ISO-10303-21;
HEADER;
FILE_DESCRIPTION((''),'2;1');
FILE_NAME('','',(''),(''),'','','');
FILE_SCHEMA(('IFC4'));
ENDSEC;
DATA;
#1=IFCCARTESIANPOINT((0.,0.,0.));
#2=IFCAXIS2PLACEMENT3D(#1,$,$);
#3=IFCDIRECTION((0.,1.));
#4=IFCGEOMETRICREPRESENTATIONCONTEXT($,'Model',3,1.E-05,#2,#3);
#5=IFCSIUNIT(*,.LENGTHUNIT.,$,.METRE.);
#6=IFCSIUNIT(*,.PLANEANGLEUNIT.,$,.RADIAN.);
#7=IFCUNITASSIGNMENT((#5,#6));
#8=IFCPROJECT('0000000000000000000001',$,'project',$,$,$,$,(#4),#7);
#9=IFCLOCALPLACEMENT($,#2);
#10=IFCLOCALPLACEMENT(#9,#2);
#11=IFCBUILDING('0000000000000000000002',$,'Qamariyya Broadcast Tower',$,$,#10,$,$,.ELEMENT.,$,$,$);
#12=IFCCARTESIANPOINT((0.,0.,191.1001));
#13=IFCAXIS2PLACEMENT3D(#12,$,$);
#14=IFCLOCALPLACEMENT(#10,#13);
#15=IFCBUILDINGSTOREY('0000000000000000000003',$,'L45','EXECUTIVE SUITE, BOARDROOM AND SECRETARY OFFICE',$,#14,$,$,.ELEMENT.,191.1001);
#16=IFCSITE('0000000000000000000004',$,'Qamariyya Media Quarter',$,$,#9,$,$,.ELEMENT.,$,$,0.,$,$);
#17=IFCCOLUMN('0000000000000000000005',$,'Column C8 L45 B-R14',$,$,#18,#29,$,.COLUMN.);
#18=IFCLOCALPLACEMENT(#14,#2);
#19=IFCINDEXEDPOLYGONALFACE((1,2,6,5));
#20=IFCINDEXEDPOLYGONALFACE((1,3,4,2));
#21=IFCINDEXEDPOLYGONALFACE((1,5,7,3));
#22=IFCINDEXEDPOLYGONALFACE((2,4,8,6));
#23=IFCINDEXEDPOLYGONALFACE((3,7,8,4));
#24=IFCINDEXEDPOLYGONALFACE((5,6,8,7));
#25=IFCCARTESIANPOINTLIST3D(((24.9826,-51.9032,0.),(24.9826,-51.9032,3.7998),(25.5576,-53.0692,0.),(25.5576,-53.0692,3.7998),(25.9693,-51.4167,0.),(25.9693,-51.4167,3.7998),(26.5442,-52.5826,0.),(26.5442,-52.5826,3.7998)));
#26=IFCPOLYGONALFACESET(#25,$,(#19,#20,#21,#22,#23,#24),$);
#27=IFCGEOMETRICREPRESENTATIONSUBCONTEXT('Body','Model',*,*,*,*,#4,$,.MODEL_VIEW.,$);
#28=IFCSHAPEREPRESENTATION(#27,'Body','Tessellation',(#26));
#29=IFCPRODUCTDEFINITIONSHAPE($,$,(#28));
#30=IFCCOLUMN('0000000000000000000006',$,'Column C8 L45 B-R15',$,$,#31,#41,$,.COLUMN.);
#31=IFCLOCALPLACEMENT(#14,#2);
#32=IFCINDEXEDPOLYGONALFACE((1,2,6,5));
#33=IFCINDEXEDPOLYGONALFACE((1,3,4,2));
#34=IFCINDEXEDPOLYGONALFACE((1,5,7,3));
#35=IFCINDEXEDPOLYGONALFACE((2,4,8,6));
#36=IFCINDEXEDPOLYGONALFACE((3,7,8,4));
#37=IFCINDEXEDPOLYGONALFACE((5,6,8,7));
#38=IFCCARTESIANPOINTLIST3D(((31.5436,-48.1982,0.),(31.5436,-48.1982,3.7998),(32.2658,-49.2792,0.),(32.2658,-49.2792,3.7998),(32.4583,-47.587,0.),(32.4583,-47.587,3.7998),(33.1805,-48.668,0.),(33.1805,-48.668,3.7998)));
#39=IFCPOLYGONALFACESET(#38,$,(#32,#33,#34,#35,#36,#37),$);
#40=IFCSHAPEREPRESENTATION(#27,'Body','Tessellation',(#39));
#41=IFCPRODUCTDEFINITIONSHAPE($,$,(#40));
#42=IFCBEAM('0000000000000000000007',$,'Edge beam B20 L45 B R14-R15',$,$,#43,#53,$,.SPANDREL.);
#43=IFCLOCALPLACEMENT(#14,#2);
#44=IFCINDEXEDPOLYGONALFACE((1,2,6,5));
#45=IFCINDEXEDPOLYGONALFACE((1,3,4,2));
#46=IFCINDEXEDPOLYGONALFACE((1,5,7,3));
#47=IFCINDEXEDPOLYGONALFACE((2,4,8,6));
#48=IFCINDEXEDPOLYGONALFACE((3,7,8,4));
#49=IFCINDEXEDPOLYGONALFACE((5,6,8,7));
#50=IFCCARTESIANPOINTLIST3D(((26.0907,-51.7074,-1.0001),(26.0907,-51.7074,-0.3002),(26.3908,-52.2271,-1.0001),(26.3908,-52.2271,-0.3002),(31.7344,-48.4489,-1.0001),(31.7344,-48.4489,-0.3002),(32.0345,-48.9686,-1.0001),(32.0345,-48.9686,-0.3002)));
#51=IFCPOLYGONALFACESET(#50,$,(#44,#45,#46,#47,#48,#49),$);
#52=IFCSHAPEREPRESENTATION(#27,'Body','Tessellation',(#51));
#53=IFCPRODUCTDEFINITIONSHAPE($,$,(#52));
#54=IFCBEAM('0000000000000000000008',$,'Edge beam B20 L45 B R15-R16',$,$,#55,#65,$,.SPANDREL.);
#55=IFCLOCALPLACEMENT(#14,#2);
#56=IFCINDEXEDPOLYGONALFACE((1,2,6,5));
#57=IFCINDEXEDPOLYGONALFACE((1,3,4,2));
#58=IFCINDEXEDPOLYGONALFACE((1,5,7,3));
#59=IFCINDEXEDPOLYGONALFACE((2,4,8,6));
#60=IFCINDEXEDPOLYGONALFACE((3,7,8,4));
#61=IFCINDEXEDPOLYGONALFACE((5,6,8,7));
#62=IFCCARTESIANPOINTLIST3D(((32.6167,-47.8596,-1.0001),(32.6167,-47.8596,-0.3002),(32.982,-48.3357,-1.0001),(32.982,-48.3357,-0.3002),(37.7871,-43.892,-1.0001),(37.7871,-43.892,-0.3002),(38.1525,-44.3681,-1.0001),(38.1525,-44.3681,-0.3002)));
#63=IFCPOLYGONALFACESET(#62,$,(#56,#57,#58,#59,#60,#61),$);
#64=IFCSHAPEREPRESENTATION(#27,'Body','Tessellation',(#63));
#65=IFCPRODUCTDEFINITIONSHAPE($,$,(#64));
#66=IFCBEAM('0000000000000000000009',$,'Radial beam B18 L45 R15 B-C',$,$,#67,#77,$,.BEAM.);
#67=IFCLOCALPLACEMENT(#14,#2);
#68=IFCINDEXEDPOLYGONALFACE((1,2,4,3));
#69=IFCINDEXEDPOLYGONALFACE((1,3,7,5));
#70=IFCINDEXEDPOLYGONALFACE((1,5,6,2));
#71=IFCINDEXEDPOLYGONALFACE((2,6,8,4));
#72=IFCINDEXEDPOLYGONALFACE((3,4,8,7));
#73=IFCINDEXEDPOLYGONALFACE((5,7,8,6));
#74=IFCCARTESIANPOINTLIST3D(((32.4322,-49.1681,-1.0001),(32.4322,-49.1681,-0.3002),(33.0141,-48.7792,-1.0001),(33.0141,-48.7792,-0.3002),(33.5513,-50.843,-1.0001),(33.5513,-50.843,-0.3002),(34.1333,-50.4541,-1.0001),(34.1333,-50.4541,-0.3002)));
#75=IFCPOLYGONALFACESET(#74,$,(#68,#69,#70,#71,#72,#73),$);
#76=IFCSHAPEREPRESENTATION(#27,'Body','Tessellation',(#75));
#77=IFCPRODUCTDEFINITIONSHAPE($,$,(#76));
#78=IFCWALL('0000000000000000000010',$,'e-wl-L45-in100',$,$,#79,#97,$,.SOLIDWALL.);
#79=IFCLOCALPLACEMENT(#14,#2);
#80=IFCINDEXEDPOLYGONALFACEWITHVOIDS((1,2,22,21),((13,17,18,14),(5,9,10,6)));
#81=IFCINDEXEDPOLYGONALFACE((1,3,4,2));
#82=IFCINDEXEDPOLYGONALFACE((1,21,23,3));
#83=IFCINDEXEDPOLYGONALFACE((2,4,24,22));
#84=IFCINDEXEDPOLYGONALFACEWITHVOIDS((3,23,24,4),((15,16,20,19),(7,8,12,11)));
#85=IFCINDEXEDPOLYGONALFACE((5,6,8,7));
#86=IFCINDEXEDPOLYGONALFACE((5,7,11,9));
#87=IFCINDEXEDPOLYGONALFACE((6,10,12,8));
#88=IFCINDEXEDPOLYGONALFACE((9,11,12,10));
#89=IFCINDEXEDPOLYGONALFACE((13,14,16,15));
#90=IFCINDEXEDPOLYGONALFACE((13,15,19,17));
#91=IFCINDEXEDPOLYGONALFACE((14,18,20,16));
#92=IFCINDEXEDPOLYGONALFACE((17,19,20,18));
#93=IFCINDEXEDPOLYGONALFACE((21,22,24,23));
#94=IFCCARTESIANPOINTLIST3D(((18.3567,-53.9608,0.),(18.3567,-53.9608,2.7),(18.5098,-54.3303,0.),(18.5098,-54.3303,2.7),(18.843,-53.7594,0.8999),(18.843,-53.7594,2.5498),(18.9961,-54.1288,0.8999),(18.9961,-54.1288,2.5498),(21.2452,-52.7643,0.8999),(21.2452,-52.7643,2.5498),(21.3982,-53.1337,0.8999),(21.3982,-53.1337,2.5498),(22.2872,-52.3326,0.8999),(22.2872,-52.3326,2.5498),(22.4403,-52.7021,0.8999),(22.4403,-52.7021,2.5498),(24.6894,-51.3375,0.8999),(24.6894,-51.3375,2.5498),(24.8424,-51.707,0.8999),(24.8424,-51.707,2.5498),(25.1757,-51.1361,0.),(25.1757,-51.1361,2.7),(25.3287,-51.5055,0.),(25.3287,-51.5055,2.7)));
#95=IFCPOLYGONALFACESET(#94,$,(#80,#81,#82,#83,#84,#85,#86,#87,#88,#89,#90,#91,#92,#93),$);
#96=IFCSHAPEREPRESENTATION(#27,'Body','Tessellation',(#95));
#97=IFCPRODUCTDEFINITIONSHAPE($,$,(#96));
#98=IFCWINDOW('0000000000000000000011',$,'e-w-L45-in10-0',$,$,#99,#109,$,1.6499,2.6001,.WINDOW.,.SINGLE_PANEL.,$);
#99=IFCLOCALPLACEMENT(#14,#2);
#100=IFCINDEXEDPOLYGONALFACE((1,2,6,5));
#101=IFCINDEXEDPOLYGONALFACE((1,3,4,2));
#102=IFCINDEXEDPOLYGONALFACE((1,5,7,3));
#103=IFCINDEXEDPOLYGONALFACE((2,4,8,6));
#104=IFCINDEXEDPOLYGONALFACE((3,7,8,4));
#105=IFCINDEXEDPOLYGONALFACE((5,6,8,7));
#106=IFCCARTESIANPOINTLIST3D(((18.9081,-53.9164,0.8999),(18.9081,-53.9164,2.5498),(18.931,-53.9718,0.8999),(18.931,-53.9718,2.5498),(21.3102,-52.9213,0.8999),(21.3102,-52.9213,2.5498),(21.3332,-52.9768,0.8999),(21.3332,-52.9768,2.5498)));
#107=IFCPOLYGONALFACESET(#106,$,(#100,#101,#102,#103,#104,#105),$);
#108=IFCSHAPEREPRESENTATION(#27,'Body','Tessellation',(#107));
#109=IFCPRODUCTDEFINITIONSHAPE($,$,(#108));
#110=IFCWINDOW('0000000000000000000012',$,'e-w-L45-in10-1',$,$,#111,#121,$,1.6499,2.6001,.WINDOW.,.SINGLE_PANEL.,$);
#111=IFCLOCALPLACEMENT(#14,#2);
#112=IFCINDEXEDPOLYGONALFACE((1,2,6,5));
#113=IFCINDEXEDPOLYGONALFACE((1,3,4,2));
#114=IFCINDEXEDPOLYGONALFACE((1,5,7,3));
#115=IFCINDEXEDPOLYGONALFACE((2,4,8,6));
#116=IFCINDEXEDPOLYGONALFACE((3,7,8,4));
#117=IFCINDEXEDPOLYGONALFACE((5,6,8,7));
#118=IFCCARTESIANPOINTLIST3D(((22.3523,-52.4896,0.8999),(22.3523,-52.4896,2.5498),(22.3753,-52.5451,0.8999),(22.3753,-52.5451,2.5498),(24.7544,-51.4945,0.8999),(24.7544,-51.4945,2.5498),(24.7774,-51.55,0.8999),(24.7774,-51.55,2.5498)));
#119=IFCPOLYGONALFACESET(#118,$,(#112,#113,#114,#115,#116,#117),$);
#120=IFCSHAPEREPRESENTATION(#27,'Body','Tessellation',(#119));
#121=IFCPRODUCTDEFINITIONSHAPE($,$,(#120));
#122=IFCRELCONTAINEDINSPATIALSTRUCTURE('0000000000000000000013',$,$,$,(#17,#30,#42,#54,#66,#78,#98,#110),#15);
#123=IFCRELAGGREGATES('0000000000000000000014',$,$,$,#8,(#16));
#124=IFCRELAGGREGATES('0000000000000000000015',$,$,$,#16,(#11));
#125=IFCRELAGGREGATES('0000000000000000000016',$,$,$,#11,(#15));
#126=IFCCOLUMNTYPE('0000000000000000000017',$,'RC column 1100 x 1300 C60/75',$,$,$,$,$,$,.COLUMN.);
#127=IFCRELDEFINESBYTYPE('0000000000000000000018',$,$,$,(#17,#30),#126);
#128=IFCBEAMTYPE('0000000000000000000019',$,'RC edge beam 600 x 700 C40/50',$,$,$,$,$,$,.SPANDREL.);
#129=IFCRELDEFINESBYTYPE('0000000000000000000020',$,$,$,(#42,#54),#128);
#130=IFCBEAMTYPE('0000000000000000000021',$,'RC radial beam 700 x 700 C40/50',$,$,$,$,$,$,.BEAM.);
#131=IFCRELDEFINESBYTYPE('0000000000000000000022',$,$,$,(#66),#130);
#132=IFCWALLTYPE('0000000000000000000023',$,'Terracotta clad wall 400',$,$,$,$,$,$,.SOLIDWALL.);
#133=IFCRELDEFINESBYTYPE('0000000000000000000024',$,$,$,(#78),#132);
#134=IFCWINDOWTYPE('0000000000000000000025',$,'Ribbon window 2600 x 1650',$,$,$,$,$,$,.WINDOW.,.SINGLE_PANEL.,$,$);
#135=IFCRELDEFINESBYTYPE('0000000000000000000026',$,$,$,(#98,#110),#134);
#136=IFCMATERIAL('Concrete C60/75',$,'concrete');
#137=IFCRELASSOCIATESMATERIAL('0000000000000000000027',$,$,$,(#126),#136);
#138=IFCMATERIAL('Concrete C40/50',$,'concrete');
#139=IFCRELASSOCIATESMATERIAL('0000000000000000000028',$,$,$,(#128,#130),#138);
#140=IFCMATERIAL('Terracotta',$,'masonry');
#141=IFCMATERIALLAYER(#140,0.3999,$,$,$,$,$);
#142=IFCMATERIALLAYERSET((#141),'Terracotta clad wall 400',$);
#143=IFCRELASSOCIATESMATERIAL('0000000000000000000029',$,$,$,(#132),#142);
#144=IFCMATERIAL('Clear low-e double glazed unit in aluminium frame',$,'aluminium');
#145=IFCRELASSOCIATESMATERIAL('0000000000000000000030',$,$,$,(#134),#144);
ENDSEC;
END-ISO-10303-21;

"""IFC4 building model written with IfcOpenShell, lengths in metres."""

from ifc_helpers import new_model, si_unit, direction, frame, frame_2d, origin, origin_2d, place, context, subcontext, project, spatial, rectangle, extrude, material, layer, layer_set, material_profile, profile_set, type_object, element, fill, save


model = new_model("IFC4")

# Units and contexts
model_context = context("Model", 3, precision=1e-05, world=origin(), true_north=direction((0.0, 1.0)))
body_context = subcontext(model_context, "Body", "Model", "MODEL_VIEW")
ifc_project = project(units=[si_unit("LENGTHUNIT", "METRE"), si_unit("PLANEANGLEUNIT", "RADIAN")], contexts=[model_context])

# Site, building, storey
site_placement = place(None, origin())
site = spatial("IfcSite", under=ifc_project, at=site_placement, Name="Qamariyya Media Quarter", CompositionType="ELEMENT", RefElevation=0.0)
building_placement = place(site_placement, origin())
building = spatial("IfcBuilding", under=site, at=building_placement, Name="Qamariyya Broadcast Tower", CompositionType="ELEMENT")
storey_placement = place(building_placement, frame((0.0, 0.0, 191.1001)))
storey = spatial("IfcBuildingStorey", under=building, at=storey_placement, Name="L45", Description="EXECUTIVE SUITE, BOARDROOM AND SECRETARY OFFICE", CompositionType="ELEMENT", Elevation=191.1001)

# Columns
ifc_material_1 = material(Name="Concrete C60/75", Category="concrete")
ifc_material_profile_1 = material_profile(ifc_material_1, rectangle(XDim=1.1001, YDim=1.3, at=origin_2d()))
ifc_profile_set_1 = profile_set([ifc_material_profile_1], Name="Concrete C60/75")
column_type = type_object("IfcColumnType", Name="RC column 1100 x 1300 C60/75", PredefinedType="COLUMN", material=ifc_profile_set_1)
for number, where, z_axis, x_axis, name in (
    (1, (25.7634, -52.2429, 0.0), (0.0, 0.0, 1.0), (0.896873, 0.442289, 0.0), "Column C8 L45 B-R14"),
    (2, (32.3621, -48.4331, 0.0), (0.0, 0.0, 1.0), (0.83147, 0.55557, 0.0), "Column C8 L45 B-R15"),
):
    element("IfcColumn", number, at=place(storey_placement, frame(where, z_axis=z_axis, x_axis=x_axis)), inside=storey, type_object=column_type, Name=name, PredefinedType="COLUMN", context=body_context, shape_type="SweptSolid", body=[
        extrude(rectangle(XDim=1.1001, YDim=1.3, at=origin_2d()), origin(), (0.0, 0.0, 1.0), 3.7998),
    ])

# Beams
ifc_material_2 = material(Name="Concrete C40/50", Category="concrete")
ifc_material_profile_2 = material_profile(ifc_material_2, rectangle(XDim=0.6001, YDim=0.7, at=origin_2d()))
ifc_profile_set_2 = profile_set([ifc_material_profile_2], Name="Concrete C40/50")
beam_type_1 = type_object("IfcBeamType", Name="RC edge beam 600 x 700 C40/50", PredefinedType="SPANDREL", material=ifc_profile_set_2)
beam_1_placement = place(storey_placement, frame((26.2407, -51.9673, -0.6501), z_axis=(0.866019, 0.500011, 0.0), x_axis=(-0.500011, 0.866019, 0.0)))
element("IfcBeam", 3, at=beam_1_placement, inside=storey, type_object=beam_type_1, Name="Edge beam B20 L45 B R14-R15", PredefinedType="SPANDREL", context=body_context, shape_type="SweptSolid", body=[
    extrude(rectangle(XDim=0.6001, YDim=0.7, at=origin_2d()), origin(), (0.0, 0.0, 1.0), 6.5168),
])
beam_2_placement = place(storey_placement, frame((32.7993, -48.0977, -0.6501), z_axis=(0.793343, 0.608774, 0.0), x_axis=(-0.608774, 0.793343, 0.0)))
element("IfcBeam", 4, at=beam_2_placement, inside=storey, type_object=beam_type_1, Name="Edge beam B20 L45 B R15-R16", PredefinedType="SPANDREL", context=body_context, shape_type="SweptSolid", body=[
    extrude(rectangle(XDim=0.6001, YDim=0.7, at=origin_2d()), origin(), (0.0, 0.0, 1.0), 6.5173),
])
ifc_material_profile_3 = material_profile(ifc_material_2, rectangle(XDim=0.7, YDim=0.7, at=origin_2d()))
ifc_profile_set_3 = profile_set([ifc_material_profile_3], Name="Concrete C40/50")
beam_type_2 = type_object("IfcBeamType", Name="RC radial beam 700 x 700 C40/50", PredefinedType="BEAM", material=ifc_profile_set_3)
beam_3_placement = place(storey_placement, frame((32.7231, -48.9736, -0.6501), z_axis=(0.555595, -0.831453, 0.0), x_axis=(0.831453, 0.555595, 0.0)))
element("IfcBeam", 5, at=beam_3_placement, inside=storey, type_object=beam_type_2, Name="Radial beam B18 L45 R15 B-C", PredefinedType="BEAM", context=body_context, shape_type="SweptSolid", body=[
    extrude(rectangle(XDim=0.7, YDim=0.7, at=origin_2d()), origin(), (0.0, 0.0, 1.0), 2.0144),
])

# Wall, openings, windows
ifc_material_3 = material(Name="Terracotta", Category="masonry")
ifc_layer = layer(ifc_material_3, 0.3999)
ifc_layer_set = layer_set([ifc_layer], Name="Terracotta clad wall 400")
wall_type = type_object("IfcWallType", Name="Terracotta clad wall 400", PredefinedType="SOLIDWALL", material=ifc_layer_set)
wall_placement = place(storey_placement, frame((25.2522, -51.3208, 0.0), z_axis=(0.0, 0.0, 1.0), x_axis=(-0.923868, -0.382712, 0.0)))
wall = element("IfcWall", 6, at=wall_placement, inside=storey, type_object=wall_type, Name="e-wl-L45-in100", PredefinedType="SOLIDWALL", context=body_context, shape_type="SweptSolid", body=[
    extrude(rectangle(XDim=7.3809, YDim=0.3999, at=frame_2d((3.6904, 0.0))), origin(), (0.0, 0.0, 1.0), 2.7),
])
opening_1_placement = place(wall_placement, frame((4.2544, 0.0, 0.8999)))
opening_1 = element("IfcOpeningElement", 7, at=opening_1_placement, cuts=wall, PredefinedType="OPENING", context=body_context, shape_type="SweptSolid", body=[
    extrude(rectangle(XDim=2.6001, YDim=1.6499, at=frame_2d((1.3, 0.825))), frame((0.0, 0.21, 0.0), z_axis=(0.0, -1.0, 0.0), x_axis=(1.0, 0.0, 0.0)), (0.0, 0.0, 1.0), 0.4199),
])
opening_2_placement = place(wall_placement, frame((0.5264, 0.0, 0.8999)))
opening_2 = element("IfcOpeningElement", 8, at=opening_2_placement, cuts=wall, PredefinedType="OPENING", context=body_context, shape_type="SweptSolid", body=[
    extrude(rectangle(XDim=2.6001, YDim=1.6499, at=frame_2d((1.3, 0.825))), frame((0.0, 0.21, 0.0), z_axis=(0.0, -1.0, 0.0), x_axis=(1.0, 0.0, 0.0)), (0.0, 0.0, 1.0), 0.4199),
])
ifc_material_4 = material(Name="Clear low-e double glazed unit in aluminium frame", Category="aluminium")
window_type = type_object("IfcWindowType", Name="Ribbon window 2600 x 1650", PartitioningType="SINGLE_PANEL", PredefinedType="WINDOW", material=ifc_material_4)
window_1_placement = place(opening_1_placement, origin())
window_1 = element("IfcWindow", 9, at=window_1_placement, inside=storey, type_object=window_type, Name="e-w-L45-in10-0", OverallHeight=1.6499, OverallWidth=2.6001, PartitioningType="SINGLE_PANEL", PredefinedType="WINDOW", context=body_context, shape_type="SweptSolid", body=[
    extrude(rectangle(XDim=2.6001, YDim=1.6499, at=frame_2d((1.3, 0.825))), frame((0.0, 0.03, 0.0), z_axis=(0.0, -1.0, 0.0), x_axis=(1.0, 0.0, 0.0)), (0.0, 0.0, 1.0), 0.0601),
])
fill(opening_1, window_1)
window_2_placement = place(opening_2_placement, origin())
window_2 = element("IfcWindow", 10, at=window_2_placement, inside=storey, type_object=window_type, Name="e-w-L45-in10-1", OverallHeight=1.6499, OverallWidth=2.6001, PartitioningType="SINGLE_PANEL", PredefinedType="WINDOW", context=body_context, shape_type="SweptSolid", body=[
    extrude(rectangle(XDim=2.6001, YDim=1.6499, at=frame_2d((1.3, 0.825))), frame((0.0, 0.03, 0.0), z_axis=(0.0, -1.0, 0.0), x_axis=(1.0, 0.0, 0.0)), (0.0, 0.0, 1.0), 0.0601),
])
fill(opening_2, window_2)

save(model, "model.ifc")
